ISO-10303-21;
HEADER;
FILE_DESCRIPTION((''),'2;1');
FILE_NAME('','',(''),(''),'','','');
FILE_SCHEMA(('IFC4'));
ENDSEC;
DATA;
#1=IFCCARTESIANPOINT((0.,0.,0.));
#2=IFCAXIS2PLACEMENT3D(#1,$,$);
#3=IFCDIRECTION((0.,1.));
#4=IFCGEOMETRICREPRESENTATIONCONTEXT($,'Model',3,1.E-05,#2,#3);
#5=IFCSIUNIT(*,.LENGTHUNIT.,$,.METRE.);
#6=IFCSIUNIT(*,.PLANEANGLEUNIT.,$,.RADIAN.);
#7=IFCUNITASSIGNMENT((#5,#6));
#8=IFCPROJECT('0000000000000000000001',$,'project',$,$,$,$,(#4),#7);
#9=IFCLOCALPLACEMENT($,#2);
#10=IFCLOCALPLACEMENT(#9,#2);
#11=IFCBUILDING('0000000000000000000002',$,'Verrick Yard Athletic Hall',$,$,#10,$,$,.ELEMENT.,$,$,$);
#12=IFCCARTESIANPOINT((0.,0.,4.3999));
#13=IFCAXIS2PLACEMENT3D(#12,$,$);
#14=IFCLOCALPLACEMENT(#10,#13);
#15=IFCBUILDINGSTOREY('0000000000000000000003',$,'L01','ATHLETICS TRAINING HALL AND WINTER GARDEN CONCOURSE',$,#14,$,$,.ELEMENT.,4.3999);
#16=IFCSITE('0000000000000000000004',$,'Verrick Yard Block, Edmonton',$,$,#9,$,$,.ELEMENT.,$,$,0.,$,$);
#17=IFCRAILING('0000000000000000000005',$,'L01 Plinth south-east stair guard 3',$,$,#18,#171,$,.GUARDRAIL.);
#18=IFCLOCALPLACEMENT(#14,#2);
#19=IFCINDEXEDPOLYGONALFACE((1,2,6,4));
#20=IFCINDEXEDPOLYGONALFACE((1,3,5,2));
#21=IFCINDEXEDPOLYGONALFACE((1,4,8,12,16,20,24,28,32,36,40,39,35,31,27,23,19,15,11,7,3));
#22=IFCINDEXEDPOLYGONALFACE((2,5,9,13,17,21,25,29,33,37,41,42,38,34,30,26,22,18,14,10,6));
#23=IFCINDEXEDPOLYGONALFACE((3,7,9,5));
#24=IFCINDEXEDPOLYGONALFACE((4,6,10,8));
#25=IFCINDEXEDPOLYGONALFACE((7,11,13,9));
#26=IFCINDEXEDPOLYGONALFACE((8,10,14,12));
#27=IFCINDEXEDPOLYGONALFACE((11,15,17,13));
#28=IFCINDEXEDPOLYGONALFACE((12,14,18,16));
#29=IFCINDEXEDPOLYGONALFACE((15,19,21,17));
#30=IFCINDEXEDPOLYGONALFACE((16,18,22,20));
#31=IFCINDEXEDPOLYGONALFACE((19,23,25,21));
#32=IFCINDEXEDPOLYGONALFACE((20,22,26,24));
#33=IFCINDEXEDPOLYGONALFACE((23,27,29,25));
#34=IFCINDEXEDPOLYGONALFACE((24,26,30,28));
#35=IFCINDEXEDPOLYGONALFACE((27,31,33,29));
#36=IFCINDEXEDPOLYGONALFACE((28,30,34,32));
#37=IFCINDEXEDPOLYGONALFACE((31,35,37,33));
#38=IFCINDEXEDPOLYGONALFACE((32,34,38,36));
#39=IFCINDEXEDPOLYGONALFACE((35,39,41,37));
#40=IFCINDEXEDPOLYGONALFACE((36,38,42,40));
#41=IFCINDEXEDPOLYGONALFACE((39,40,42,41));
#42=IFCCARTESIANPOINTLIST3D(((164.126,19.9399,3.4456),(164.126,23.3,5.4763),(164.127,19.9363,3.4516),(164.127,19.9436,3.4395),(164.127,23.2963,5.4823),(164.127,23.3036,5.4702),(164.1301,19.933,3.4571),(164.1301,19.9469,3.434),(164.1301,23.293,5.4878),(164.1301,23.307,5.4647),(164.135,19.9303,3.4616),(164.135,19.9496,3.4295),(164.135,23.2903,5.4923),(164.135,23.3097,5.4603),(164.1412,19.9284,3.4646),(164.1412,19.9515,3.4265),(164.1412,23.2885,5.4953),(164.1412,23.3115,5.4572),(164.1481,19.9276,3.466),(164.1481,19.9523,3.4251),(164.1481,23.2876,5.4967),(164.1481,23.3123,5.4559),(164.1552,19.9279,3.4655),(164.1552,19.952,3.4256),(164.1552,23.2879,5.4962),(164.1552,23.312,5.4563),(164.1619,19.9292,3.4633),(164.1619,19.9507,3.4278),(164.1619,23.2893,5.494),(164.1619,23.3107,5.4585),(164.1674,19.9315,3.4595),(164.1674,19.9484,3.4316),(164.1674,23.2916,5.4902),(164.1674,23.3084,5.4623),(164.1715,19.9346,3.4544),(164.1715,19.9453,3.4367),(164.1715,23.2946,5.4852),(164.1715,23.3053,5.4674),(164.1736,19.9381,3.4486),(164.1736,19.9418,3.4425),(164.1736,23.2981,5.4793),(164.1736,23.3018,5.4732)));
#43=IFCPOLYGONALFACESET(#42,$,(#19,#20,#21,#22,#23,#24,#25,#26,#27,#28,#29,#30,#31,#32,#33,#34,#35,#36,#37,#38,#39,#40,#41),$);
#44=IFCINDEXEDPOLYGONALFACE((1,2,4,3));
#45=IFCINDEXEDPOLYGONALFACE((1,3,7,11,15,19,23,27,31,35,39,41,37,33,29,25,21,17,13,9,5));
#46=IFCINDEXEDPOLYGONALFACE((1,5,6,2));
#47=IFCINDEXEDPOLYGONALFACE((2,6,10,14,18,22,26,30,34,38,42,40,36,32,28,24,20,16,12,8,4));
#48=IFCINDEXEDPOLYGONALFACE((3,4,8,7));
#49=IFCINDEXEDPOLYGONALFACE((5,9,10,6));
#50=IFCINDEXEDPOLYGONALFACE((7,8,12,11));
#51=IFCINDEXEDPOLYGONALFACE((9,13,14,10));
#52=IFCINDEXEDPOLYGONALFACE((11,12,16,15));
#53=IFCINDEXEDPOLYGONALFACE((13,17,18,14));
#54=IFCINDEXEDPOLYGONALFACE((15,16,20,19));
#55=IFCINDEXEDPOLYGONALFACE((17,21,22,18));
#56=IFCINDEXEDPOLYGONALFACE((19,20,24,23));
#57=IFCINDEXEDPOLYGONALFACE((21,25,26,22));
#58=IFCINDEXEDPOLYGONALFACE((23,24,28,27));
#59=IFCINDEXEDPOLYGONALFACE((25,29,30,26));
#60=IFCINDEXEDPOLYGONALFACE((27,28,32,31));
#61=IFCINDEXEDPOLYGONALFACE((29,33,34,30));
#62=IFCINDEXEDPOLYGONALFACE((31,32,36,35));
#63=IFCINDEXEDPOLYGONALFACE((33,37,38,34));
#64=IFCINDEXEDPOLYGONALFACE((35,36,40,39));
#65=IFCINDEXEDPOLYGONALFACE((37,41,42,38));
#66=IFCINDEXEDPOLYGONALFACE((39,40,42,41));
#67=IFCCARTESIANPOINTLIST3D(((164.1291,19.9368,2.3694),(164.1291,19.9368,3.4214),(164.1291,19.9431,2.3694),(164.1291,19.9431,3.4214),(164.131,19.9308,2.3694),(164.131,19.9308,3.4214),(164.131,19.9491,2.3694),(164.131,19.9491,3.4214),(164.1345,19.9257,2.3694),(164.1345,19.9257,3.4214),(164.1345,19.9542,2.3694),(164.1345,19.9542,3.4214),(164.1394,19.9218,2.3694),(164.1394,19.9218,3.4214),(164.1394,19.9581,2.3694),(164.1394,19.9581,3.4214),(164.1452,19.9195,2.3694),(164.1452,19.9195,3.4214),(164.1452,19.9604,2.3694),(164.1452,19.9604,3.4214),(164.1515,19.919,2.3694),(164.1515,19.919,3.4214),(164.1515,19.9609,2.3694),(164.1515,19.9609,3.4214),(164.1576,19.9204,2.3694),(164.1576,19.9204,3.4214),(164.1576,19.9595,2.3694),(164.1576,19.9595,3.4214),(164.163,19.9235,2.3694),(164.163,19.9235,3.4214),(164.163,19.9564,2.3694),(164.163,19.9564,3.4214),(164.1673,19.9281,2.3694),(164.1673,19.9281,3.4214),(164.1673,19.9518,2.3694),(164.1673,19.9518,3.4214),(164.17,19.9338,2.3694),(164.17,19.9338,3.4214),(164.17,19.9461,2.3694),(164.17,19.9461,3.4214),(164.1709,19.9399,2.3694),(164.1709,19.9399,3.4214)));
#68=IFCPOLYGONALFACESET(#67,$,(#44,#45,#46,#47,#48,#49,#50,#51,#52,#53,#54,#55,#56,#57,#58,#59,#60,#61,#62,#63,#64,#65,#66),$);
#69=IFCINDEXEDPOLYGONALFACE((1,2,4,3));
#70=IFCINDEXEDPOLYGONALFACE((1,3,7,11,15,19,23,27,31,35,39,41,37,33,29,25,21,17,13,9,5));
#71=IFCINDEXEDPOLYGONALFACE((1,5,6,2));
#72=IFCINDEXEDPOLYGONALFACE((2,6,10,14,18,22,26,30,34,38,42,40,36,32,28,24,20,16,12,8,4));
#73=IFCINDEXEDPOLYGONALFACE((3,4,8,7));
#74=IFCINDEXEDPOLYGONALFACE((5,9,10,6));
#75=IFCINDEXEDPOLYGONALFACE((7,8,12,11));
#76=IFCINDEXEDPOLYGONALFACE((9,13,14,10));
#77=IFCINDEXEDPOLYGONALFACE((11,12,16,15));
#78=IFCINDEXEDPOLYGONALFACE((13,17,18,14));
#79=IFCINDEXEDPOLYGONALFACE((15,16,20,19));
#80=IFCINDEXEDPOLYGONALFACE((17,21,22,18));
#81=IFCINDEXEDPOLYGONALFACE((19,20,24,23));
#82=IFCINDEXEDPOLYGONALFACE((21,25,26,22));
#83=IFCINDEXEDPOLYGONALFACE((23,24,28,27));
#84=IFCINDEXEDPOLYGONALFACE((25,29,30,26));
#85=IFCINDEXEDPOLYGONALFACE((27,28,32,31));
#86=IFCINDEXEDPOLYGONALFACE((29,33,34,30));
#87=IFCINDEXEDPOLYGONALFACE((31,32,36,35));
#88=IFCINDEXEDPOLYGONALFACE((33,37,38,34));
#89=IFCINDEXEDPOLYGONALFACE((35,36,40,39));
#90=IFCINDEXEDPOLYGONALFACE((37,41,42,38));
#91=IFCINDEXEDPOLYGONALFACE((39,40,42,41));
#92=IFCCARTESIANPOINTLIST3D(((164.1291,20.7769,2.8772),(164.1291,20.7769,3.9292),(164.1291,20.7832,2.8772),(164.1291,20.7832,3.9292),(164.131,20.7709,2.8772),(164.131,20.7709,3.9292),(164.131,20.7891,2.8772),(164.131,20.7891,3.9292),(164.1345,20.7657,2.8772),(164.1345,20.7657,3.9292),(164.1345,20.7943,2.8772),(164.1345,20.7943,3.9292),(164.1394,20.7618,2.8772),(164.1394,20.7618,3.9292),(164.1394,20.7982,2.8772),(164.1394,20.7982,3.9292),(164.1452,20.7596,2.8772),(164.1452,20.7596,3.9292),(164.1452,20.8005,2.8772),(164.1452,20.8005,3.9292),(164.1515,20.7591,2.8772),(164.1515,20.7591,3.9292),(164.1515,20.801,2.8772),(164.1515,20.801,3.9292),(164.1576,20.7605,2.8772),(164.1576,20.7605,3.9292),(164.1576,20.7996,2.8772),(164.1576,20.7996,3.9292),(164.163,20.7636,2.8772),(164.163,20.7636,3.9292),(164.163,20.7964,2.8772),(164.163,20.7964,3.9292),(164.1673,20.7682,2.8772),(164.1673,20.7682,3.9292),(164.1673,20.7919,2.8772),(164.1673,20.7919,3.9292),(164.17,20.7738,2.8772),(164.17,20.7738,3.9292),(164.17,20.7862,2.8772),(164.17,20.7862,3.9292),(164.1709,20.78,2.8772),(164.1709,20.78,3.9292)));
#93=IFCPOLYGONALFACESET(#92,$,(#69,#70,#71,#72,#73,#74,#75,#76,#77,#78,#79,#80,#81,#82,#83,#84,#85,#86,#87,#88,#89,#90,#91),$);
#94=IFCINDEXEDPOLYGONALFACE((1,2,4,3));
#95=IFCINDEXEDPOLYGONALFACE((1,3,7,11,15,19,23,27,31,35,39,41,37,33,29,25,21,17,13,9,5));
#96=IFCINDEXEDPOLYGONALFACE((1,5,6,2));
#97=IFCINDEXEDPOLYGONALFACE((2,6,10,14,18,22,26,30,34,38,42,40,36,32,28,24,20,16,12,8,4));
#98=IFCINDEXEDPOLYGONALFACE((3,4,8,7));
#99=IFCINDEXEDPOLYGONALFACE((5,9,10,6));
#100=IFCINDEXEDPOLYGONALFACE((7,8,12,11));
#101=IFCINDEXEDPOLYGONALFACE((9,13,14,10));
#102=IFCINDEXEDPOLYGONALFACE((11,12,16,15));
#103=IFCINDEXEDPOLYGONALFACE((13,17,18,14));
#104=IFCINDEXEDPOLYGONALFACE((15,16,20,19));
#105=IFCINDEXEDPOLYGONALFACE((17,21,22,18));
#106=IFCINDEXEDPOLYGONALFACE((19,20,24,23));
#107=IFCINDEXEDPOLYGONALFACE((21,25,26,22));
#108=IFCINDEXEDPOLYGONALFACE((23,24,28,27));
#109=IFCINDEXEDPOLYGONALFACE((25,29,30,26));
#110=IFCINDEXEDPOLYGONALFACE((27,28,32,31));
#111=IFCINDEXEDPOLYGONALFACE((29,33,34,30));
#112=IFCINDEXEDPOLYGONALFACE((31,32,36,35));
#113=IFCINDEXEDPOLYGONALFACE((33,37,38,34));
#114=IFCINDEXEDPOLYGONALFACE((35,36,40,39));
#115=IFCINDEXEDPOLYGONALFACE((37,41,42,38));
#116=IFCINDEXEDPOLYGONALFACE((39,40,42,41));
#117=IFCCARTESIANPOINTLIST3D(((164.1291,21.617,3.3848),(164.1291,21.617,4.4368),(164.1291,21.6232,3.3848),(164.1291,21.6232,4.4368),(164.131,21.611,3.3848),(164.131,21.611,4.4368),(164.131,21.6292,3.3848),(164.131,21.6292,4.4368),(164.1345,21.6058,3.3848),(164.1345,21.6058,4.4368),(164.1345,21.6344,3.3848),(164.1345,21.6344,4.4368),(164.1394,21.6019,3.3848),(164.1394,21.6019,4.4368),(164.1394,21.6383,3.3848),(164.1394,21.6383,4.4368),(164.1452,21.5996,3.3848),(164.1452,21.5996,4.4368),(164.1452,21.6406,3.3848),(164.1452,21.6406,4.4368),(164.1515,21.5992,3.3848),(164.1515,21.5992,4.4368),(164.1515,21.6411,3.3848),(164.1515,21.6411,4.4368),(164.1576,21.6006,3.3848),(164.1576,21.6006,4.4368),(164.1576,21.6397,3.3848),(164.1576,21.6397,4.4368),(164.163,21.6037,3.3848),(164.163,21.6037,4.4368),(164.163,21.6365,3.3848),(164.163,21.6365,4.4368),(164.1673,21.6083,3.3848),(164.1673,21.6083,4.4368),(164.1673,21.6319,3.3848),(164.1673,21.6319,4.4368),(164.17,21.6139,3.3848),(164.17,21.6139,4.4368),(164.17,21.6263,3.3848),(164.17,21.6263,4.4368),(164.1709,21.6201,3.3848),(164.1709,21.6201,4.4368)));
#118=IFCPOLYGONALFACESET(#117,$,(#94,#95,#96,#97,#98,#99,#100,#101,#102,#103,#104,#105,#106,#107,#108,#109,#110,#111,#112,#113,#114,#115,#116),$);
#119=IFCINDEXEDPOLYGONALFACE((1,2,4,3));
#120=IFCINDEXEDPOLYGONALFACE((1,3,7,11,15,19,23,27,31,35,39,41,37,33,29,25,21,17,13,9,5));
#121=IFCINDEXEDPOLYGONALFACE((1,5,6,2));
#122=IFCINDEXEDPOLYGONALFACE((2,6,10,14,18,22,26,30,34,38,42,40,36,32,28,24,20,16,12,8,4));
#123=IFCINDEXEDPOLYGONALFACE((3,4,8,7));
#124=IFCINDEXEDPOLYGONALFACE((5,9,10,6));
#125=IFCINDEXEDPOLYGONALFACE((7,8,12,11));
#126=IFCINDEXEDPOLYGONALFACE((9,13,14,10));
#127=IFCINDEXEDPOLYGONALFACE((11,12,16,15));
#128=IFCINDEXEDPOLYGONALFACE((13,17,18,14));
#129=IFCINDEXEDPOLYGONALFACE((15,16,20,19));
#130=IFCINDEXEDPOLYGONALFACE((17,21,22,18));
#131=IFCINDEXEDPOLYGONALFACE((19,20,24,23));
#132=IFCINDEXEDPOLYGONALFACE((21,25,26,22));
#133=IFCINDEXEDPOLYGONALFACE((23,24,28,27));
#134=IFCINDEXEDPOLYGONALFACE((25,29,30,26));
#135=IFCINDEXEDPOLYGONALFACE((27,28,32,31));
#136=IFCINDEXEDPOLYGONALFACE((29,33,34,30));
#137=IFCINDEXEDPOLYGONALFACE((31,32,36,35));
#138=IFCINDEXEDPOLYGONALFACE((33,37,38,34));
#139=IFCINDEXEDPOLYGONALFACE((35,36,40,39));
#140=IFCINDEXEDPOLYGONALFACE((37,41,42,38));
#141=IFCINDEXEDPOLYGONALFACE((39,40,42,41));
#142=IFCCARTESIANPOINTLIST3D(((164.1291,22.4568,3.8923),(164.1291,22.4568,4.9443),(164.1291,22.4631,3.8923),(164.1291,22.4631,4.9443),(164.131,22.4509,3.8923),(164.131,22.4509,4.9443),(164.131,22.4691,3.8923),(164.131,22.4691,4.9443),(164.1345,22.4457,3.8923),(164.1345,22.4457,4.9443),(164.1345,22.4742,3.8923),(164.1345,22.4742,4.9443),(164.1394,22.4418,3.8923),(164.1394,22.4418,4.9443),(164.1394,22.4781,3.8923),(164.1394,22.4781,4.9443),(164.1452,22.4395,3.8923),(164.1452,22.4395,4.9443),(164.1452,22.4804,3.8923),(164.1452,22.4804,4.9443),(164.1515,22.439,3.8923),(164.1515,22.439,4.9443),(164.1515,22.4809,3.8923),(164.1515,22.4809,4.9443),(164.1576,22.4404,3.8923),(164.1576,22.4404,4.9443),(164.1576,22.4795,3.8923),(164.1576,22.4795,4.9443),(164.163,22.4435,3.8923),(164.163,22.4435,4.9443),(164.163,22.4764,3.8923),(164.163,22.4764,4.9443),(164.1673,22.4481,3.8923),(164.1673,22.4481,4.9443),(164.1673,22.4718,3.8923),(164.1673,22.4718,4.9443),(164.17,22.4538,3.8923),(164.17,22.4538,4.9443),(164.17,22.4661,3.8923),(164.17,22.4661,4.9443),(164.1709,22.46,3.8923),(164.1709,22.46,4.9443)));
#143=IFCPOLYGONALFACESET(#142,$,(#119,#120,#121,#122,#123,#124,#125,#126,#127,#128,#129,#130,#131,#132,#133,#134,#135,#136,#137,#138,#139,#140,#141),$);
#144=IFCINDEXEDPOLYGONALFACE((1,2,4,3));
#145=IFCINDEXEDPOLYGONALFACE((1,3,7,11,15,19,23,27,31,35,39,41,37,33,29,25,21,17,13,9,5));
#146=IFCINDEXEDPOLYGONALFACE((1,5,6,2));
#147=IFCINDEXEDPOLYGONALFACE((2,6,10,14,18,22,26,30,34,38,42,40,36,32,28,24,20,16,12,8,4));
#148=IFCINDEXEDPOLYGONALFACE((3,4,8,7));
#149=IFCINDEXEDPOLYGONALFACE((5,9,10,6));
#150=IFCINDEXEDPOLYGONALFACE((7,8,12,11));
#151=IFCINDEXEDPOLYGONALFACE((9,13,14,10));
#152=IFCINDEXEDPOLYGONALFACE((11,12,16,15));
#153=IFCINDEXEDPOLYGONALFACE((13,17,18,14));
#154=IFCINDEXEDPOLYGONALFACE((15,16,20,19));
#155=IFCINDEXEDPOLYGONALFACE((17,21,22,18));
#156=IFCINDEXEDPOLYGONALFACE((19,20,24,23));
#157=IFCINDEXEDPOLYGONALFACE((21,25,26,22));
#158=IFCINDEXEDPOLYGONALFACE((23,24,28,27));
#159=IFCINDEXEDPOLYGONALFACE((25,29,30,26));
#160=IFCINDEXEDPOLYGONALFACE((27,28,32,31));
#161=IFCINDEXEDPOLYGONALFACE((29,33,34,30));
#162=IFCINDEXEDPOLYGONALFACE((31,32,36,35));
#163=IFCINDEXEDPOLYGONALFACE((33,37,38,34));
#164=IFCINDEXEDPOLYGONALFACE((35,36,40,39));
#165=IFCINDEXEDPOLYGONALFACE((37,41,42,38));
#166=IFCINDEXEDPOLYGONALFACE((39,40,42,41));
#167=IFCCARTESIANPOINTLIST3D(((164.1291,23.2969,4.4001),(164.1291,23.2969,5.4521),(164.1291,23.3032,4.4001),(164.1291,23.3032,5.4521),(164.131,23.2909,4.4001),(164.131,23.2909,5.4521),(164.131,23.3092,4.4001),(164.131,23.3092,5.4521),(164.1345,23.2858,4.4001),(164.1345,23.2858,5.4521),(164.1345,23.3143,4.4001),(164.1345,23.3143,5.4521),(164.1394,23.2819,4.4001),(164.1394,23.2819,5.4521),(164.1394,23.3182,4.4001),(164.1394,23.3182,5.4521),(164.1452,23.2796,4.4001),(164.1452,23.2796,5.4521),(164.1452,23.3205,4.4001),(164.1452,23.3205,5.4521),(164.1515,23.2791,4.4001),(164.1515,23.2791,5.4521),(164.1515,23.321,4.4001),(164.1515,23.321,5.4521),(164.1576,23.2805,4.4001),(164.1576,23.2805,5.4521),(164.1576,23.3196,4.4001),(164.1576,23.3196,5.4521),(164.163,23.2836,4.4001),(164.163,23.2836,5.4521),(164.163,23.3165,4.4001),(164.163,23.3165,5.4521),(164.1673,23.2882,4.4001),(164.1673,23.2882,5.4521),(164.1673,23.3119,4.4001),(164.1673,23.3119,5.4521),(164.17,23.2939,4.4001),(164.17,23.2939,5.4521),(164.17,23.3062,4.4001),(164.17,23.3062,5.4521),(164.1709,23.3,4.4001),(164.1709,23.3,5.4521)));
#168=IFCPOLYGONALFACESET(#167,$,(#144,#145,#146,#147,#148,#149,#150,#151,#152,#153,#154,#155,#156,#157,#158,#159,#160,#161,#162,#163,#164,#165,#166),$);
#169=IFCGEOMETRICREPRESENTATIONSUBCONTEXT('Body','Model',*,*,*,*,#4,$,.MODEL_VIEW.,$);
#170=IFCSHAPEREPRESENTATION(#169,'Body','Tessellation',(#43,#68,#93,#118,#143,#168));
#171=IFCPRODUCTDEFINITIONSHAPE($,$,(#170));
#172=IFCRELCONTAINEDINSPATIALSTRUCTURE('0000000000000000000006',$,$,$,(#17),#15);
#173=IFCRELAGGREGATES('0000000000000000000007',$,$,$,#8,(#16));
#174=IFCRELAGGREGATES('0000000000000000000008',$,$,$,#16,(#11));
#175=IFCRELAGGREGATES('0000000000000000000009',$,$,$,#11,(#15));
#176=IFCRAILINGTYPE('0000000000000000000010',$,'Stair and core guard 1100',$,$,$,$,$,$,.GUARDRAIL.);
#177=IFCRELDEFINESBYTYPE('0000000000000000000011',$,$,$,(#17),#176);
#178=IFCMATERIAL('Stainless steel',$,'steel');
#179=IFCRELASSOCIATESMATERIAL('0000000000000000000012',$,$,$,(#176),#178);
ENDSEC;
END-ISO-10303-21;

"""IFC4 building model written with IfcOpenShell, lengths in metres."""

from ifc_helpers import new_model, si_unit, direction, frame, origin, origin_2d, place, context, subcontext, project, spatial, circle, extrude, material, type_object, element, save


model = new_model("IFC4")

# Units and contexts
model_context = context("Model", 3, precision=1e-05, world=origin(), true_north=direction((0.0, 1.0)))
body_context = subcontext(model_context, "Body", "Model", "MODEL_VIEW")
ifc_project = project(units=[si_unit("LENGTHUNIT", "METRE"), si_unit("PLANEANGLEUNIT", "RADIAN")], contexts=[model_context])

# Site, building, storey
site_placement = place(None, origin())
site = spatial("IfcSite", under=ifc_project, at=site_placement, Name="Verrick Yard Block, Edmonton", CompositionType="ELEMENT", RefElevation=0.0)
building_placement = place(site_placement, origin())
building = spatial("IfcBuilding", under=site, at=building_placement, Name="Verrick Yard Athletic Hall", CompositionType="ELEMENT")
storey_placement = place(building_placement, frame((0.0, 0.0, 4.3999)))
storey = spatial("IfcBuildingStorey", under=building, at=storey_placement, Name="L01", Description="ATHLETICS TRAINING HALL AND WINTER GARDEN CONCOURSE", CompositionType="ELEMENT", Elevation=4.3999)

# Railing
ifc_material_1 = material(Name="Stainless steel", Category="steel")
railing_type_1 = type_object("IfcRailingType", Name="Stair and core guard 1100", PredefinedType="GUARDRAIL", material=ifc_material_1)
railing_1_placement = place(storey_placement, frame((164.1499, 19.9399, 2.3694)))
element("IfcRailing", 1, at=railing_1_placement, inside=storey, type_object=railing_type_1, Name="L01 Plinth south-east stair guard 3", PredefinedType="GUARDRAIL", context=body_context, shape_type="SweptSolid", body=[
    extrude(circle(Radius=0.0239, at=origin_2d()), frame((0.0, 0.0, 1.0762), z_axis=(0.0, 0.855837, 0.517246), x_axis=(-1.0, 0.0, 0.0)), (0.0, 0.0, 1.0), 3.926),
    extrude(circle(Radius=0.021, at=origin_2d()), origin(), (0.0, 0.0, 1.0), 1.052),
    extrude(circle(Radius=0.021, at=origin_2d()), frame((0.0, 0.8401, 0.5078)), (0.0, 0.0, 1.0), 1.052),
    extrude(circle(Radius=0.021, at=origin_2d()), frame((0.0, 1.6802, 1.0154)), (0.0, 0.0, 1.0), 1.052),
    extrude(circle(Radius=0.021, at=origin_2d()), frame((0.0, 2.52, 1.5229)), (0.0, 0.0, 1.0), 1.052),
    extrude(circle(Radius=0.021, at=origin_2d()), frame((0.0, 3.3601, 2.0308)), (0.0, 0.0, 1.0), 1.052),
])

save(model, "model.ifc")
